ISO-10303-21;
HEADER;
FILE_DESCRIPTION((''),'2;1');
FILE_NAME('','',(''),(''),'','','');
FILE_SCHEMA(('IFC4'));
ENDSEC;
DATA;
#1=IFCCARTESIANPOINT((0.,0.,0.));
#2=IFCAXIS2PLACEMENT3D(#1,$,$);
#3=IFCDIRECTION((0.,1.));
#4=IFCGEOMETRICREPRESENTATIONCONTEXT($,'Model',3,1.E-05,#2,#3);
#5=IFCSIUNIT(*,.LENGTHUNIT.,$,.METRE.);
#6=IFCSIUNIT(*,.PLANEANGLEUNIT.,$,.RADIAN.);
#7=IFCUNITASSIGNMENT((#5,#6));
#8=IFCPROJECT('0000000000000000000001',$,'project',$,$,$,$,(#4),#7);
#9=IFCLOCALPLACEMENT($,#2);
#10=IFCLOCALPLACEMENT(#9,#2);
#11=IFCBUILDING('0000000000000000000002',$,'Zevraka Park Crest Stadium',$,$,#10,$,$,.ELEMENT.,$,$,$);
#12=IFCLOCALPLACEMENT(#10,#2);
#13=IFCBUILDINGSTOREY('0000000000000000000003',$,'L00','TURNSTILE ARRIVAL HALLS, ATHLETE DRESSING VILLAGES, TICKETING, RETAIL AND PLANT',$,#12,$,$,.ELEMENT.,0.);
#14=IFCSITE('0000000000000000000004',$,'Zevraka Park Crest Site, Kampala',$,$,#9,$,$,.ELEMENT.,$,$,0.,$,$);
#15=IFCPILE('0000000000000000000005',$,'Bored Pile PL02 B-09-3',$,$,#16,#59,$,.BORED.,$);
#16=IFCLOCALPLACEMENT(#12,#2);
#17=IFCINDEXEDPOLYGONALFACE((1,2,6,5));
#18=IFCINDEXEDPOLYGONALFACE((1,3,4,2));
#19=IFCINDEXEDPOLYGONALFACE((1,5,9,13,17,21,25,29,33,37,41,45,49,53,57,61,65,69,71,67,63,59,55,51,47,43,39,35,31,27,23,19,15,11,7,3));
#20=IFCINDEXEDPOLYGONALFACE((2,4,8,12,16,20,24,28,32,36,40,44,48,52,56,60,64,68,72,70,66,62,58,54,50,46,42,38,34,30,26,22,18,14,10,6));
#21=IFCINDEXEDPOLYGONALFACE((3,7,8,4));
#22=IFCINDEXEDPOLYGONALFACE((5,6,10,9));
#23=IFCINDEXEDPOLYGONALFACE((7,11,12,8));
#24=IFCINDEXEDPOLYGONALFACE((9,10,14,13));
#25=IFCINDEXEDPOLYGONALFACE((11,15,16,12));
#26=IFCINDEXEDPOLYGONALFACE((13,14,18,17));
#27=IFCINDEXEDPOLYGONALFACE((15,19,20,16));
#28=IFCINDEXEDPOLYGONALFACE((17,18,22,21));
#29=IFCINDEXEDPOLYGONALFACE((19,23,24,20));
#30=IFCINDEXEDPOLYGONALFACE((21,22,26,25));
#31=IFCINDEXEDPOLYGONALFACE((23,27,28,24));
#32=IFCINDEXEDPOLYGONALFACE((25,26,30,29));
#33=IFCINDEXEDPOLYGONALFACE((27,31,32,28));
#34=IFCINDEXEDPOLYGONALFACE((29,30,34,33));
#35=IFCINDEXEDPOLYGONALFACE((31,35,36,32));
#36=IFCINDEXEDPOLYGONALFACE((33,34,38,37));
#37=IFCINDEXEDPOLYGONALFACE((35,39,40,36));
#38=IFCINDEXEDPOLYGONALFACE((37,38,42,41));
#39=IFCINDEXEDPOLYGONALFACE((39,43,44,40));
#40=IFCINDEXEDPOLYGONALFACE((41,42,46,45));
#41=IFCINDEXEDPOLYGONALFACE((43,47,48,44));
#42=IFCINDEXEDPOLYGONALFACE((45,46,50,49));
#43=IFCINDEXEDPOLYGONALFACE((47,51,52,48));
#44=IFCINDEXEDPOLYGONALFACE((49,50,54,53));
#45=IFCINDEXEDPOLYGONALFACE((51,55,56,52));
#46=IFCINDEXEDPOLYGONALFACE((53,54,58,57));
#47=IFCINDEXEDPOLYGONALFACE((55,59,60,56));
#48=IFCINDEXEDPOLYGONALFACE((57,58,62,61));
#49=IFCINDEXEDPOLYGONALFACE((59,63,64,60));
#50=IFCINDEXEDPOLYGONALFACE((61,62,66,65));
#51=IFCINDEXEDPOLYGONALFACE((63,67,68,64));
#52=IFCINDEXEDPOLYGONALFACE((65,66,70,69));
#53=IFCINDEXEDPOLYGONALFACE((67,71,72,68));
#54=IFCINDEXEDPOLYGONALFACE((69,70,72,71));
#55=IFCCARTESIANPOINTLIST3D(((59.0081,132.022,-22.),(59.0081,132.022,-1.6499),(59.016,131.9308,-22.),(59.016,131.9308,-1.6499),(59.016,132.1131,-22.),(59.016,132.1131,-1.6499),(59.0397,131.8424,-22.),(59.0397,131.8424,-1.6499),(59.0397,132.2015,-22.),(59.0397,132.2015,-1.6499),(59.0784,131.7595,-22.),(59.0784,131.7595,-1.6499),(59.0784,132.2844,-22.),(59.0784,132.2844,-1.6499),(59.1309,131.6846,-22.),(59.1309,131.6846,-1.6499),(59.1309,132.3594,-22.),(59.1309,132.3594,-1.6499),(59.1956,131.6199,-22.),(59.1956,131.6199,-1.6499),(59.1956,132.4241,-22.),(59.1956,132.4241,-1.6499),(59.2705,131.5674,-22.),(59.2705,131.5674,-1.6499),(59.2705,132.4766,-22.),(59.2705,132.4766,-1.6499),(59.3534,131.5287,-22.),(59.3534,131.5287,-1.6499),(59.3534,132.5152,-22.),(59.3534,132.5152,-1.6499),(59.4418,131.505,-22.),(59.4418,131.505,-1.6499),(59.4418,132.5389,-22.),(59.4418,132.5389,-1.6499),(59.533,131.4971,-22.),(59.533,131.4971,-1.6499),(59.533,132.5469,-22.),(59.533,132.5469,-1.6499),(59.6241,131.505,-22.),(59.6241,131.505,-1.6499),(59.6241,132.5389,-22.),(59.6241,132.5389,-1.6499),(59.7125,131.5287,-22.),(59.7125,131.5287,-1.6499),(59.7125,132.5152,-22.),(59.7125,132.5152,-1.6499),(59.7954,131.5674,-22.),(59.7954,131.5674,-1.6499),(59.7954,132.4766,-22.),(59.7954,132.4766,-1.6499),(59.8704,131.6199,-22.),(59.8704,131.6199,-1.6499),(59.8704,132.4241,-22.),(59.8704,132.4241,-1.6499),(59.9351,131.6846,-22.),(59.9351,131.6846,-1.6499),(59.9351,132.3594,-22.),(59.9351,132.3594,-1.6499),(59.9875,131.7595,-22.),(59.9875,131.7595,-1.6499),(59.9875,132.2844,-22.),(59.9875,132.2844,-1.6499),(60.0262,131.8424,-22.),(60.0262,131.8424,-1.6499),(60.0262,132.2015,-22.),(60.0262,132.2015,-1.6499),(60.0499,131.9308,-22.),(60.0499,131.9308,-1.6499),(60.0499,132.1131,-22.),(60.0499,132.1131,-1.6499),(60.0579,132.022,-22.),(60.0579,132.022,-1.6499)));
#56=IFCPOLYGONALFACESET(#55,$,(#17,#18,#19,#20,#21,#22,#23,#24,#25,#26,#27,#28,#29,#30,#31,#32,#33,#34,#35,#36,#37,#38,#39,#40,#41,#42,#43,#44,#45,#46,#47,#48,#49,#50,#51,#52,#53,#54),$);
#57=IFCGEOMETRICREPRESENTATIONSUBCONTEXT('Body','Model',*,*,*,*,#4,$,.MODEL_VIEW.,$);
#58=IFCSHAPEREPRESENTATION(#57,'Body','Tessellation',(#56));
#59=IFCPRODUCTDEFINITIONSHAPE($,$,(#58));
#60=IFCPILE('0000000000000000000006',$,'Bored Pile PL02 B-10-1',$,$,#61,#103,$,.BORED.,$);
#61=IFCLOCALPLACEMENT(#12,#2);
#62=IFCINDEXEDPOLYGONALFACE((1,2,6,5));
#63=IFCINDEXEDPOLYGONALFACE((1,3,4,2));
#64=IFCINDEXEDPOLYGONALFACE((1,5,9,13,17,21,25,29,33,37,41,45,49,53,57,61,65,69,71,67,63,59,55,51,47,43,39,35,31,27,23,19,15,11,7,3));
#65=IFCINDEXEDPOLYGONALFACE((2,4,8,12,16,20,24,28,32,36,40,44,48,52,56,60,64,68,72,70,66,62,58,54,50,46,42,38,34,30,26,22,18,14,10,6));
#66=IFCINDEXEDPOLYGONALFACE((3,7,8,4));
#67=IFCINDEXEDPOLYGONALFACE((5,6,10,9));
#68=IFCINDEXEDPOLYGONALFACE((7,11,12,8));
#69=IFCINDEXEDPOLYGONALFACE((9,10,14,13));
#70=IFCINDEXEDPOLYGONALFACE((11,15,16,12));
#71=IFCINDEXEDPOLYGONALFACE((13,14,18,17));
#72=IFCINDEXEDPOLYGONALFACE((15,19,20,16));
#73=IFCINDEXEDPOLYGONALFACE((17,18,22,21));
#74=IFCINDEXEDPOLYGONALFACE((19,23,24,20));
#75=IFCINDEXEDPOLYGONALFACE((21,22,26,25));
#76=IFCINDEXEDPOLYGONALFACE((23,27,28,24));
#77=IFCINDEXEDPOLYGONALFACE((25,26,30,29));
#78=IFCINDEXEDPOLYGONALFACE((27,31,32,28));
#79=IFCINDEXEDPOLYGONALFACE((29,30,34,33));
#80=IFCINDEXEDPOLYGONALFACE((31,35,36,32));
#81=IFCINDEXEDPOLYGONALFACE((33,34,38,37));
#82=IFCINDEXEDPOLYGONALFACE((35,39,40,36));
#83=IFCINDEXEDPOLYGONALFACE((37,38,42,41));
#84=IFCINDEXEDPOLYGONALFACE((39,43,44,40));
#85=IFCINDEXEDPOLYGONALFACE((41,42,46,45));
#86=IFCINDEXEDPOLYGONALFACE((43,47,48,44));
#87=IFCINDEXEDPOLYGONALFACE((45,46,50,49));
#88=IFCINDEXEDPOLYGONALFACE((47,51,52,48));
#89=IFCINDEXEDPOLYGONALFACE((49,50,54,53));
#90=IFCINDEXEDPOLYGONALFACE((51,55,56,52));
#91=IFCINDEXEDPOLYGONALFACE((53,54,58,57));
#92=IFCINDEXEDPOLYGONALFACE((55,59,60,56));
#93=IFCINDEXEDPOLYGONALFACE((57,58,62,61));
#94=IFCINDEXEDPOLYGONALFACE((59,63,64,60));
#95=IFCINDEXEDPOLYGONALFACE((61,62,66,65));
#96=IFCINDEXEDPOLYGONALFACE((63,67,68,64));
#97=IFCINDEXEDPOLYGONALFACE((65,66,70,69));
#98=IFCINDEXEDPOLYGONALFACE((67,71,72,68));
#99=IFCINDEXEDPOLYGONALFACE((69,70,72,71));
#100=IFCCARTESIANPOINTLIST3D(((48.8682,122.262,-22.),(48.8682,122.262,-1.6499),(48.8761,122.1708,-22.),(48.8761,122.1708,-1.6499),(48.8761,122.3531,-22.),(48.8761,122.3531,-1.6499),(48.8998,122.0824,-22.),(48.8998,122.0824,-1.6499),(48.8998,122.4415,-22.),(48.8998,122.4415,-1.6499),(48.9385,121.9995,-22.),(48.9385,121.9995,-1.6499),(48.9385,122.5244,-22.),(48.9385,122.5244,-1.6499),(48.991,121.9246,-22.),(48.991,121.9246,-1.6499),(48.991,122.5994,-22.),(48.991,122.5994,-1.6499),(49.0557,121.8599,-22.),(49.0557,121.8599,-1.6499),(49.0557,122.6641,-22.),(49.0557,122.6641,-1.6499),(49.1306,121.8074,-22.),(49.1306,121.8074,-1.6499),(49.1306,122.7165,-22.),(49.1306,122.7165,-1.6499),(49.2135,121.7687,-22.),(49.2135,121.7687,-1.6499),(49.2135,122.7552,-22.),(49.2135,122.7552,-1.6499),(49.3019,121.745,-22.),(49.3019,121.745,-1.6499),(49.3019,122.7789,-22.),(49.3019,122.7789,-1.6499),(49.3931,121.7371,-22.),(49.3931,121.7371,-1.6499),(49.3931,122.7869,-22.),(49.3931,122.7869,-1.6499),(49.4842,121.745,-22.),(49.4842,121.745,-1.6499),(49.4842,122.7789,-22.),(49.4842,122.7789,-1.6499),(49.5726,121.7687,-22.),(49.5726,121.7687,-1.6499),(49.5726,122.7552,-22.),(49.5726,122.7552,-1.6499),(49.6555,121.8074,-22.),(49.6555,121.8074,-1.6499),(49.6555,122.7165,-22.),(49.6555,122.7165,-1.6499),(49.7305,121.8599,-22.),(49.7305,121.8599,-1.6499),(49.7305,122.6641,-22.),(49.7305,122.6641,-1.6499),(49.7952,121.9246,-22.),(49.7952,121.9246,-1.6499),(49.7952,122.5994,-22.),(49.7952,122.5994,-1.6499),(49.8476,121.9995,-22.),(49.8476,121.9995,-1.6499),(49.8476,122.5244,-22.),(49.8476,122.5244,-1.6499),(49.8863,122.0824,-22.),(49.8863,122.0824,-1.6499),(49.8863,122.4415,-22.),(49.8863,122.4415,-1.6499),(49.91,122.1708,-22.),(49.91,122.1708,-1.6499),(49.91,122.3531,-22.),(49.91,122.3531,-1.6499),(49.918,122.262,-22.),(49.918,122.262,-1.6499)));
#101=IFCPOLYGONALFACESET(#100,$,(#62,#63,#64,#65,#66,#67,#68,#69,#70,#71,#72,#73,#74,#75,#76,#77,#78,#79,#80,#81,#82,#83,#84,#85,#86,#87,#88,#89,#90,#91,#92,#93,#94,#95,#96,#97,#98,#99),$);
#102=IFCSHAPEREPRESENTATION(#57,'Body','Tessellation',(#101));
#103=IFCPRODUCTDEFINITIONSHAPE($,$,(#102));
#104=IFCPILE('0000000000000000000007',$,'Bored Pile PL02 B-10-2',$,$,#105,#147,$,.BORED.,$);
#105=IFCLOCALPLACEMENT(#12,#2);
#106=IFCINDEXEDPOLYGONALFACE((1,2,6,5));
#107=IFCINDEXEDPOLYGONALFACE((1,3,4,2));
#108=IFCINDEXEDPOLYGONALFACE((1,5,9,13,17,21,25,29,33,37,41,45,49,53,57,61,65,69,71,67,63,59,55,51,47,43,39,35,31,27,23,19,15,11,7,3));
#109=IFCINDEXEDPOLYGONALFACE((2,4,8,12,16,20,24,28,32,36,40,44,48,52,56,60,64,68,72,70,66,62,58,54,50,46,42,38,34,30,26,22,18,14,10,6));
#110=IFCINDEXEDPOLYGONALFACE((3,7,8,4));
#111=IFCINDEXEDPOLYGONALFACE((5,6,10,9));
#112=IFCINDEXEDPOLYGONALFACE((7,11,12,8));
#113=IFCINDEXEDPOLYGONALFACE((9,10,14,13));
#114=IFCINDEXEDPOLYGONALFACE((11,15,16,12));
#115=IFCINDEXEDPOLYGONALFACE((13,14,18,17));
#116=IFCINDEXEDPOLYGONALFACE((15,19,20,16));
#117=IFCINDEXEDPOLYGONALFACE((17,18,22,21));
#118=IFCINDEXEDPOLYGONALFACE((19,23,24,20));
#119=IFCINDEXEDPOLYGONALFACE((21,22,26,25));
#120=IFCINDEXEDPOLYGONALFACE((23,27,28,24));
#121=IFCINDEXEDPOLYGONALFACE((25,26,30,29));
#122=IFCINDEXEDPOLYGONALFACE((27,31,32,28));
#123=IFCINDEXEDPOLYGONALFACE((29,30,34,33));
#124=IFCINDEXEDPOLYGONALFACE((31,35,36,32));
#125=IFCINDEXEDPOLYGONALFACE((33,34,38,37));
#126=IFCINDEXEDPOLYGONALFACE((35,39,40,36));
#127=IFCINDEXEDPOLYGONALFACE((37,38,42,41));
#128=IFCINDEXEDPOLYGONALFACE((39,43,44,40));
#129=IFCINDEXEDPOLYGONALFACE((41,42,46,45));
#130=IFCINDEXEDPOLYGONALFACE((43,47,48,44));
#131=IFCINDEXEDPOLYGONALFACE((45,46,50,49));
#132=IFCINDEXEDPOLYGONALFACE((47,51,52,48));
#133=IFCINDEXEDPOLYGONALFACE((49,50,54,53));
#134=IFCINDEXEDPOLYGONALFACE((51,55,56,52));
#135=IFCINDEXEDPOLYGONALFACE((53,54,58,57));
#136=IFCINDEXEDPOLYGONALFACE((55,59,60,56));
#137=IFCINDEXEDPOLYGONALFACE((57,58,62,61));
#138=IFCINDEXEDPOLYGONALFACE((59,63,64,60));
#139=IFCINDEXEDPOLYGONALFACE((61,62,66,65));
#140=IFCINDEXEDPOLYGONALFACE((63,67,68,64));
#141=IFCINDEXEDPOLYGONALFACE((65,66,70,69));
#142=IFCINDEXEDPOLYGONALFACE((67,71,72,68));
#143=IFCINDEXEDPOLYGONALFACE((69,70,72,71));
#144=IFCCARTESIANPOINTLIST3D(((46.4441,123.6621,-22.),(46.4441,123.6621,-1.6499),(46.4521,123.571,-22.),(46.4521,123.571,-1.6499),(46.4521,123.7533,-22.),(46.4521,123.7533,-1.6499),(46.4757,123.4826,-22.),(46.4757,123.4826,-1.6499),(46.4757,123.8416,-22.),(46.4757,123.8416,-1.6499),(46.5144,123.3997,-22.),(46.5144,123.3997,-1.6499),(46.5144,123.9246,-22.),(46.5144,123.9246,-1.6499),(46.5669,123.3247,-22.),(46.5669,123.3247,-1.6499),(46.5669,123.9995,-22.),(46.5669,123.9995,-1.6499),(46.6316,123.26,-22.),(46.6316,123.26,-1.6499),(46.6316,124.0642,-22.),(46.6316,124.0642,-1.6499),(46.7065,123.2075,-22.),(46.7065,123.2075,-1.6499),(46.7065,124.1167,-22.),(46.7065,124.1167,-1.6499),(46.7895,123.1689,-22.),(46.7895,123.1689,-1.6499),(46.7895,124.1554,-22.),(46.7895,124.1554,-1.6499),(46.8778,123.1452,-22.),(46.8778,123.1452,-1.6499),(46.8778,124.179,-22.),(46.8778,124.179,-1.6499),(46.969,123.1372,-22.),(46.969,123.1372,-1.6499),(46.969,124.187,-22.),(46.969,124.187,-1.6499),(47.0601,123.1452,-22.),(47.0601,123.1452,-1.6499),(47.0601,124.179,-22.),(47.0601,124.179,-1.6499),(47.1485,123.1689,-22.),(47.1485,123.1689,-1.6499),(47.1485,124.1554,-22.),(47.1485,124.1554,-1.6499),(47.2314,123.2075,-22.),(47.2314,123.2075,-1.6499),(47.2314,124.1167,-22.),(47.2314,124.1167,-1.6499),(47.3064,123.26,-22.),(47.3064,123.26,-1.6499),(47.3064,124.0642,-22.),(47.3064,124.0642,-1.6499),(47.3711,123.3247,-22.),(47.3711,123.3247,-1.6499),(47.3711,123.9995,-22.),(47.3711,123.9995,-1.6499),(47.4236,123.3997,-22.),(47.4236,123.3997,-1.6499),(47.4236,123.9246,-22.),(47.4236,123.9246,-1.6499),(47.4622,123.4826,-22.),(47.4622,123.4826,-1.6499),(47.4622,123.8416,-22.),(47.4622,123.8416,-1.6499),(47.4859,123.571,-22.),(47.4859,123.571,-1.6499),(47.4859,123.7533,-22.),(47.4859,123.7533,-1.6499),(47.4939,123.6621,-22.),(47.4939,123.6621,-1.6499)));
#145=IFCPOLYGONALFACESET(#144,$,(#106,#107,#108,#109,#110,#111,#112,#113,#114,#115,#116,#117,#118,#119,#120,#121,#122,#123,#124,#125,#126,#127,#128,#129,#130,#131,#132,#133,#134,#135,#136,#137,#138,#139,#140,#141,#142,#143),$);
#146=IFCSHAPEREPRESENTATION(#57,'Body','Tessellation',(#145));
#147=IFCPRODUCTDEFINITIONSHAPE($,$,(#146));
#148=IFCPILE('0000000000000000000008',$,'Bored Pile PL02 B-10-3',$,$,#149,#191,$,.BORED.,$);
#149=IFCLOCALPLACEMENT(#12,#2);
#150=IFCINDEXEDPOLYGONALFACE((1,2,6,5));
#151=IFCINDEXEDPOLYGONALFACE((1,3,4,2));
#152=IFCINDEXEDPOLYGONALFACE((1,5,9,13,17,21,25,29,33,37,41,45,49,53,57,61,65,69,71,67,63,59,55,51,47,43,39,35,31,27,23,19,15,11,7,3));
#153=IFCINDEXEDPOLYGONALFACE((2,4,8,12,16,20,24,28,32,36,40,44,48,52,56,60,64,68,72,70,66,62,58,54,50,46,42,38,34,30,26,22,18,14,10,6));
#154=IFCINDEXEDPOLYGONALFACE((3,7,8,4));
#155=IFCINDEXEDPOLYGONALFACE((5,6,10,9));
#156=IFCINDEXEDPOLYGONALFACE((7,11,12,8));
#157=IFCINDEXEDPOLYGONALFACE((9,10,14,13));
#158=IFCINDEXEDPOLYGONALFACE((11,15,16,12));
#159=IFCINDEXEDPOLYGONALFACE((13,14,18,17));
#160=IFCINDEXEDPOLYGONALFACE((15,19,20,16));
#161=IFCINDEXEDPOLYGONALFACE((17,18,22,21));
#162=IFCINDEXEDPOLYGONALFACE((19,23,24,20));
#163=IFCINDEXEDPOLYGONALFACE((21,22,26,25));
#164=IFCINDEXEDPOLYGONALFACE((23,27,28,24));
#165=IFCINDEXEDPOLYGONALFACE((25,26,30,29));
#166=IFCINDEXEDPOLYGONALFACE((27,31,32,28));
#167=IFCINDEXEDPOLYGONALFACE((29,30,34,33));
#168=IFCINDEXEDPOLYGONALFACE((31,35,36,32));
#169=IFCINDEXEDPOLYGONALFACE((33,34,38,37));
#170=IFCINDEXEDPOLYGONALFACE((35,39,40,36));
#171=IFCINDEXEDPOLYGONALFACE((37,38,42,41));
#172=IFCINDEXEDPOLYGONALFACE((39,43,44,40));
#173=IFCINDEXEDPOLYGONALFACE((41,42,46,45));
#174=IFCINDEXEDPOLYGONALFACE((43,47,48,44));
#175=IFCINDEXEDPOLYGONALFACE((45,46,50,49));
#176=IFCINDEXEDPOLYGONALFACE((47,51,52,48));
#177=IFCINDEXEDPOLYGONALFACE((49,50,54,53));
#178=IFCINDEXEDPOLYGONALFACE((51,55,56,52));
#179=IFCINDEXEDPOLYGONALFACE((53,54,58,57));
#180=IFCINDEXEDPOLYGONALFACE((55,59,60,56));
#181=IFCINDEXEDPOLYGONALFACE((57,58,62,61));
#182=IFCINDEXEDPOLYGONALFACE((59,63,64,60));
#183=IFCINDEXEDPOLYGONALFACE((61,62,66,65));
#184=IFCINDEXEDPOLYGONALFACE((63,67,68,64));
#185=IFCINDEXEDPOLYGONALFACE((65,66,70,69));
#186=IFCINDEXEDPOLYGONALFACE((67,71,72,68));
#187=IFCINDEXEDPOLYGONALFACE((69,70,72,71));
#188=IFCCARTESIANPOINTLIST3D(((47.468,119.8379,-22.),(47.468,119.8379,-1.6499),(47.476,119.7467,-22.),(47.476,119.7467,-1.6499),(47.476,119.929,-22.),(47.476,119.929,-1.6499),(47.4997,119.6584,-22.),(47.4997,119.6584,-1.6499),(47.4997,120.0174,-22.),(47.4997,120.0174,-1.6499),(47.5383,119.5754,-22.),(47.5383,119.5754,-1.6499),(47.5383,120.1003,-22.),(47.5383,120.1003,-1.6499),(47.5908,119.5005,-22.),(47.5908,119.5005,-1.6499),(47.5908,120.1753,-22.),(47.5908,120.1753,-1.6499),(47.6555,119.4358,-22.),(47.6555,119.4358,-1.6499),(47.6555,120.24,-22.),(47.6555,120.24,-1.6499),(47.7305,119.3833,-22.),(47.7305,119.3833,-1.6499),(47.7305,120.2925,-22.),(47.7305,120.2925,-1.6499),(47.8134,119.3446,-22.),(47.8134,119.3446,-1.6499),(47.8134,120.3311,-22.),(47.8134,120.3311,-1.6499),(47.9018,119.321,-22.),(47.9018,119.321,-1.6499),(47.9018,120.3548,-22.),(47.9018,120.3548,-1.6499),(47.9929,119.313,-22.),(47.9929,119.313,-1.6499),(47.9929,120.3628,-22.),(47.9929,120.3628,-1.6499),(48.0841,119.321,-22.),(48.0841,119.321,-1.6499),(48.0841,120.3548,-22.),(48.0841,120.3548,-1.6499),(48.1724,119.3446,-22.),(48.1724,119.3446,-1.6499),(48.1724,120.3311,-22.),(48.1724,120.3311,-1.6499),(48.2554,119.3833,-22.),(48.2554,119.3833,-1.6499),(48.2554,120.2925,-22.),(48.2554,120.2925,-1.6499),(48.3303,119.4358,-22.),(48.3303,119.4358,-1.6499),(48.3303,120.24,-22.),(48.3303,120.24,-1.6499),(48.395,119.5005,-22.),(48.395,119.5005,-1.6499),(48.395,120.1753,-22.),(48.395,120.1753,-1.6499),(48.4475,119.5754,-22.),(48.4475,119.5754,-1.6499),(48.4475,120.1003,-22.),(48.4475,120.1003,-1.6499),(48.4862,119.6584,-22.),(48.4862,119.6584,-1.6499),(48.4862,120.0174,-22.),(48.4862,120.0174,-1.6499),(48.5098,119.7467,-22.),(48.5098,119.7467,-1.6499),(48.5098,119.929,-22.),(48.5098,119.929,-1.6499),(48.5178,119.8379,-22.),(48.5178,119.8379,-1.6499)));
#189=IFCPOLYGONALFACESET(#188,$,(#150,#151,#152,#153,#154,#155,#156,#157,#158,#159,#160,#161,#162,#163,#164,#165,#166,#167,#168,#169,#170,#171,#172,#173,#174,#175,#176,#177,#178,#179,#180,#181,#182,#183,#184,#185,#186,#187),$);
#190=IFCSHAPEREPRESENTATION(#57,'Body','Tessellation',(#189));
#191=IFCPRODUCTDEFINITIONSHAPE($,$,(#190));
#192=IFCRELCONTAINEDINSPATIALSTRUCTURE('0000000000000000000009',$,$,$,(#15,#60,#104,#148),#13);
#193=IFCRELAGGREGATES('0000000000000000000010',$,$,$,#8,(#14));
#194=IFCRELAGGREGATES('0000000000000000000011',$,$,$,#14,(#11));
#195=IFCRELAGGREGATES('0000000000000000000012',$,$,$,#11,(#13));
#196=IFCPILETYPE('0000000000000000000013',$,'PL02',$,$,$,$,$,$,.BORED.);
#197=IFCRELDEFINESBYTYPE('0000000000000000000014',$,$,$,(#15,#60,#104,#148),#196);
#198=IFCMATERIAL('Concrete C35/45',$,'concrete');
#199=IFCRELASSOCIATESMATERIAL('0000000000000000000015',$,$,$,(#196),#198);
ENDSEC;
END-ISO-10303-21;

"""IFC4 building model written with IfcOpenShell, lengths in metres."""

from ifc_helpers import new_model, si_unit, direction, frame, origin, origin_2d, place, context, subcontext, project, spatial, circle, extrude, material, material_profile, profile_set, type_object, element, save


model = new_model("IFC4")

# Units and contexts
model_context = context("Model", 3, precision=1e-05, world=origin(), true_north=direction((0.0, 1.0)))
body_context = subcontext(model_context, "Body", "Model", "MODEL_VIEW")
ifc_project = project(units=[si_unit("LENGTHUNIT", "METRE"), si_unit("PLANEANGLEUNIT", "RADIAN")], contexts=[model_context])

# Site, building, storey
site_placement = place(None, origin())
site = spatial("IfcSite", under=ifc_project, at=site_placement, Name="Zevraka Park Crest Site, Kampala", CompositionType="ELEMENT", RefElevation=0.0)
building_placement = place(site_placement, origin())
building = spatial("IfcBuilding", under=site, at=building_placement, Name="Zevraka Park Crest Stadium", CompositionType="ELEMENT")
storey_placement = place(building_placement, origin())
storey = spatial("IfcBuildingStorey", under=building, at=storey_placement, Name="L00", Description="TURNSTILE ARRIVAL HALLS, ATHLETE DRESSING VILLAGES, TICKETING, RETAIL AND PLANT", CompositionType="ELEMENT", Elevation=0.0)

# Piles
ifc_material_1 = material(Name="Concrete C35/45", Category="concrete")
ifc_material_profile_1 = material_profile(ifc_material_1, circle(Radius=0.5249, at=origin_2d()), Name="PILE D1050")
ifc_profile_set_1 = profile_set([ifc_material_profile_1], Name="Concrete C35/45")
pile_type_1 = type_object("IfcPileType", Name="PL02", PredefinedType="BORED", material=ifc_profile_set_1)
for number, where, z_axis, x_axis, name in (
    (1, (59.533, 132.022, -1.6499), (0.0, 0.0, -1.0), (1.0, 0.0, 0.0), "Bored Pile PL02 B-09-3"),
    (2, (49.3931, 122.262, -1.6499), (0.0, 0.0, -1.0), (1.0, 0.0, 0.0), "Bored Pile PL02 B-10-1"),
    (3, (46.969, 123.6621, -1.6499), (0.0, 0.0, -1.0), (1.0, 0.0, 0.0), "Bored Pile PL02 B-10-2"),
    (4, (47.9929, 119.8379, -1.6499), (0.0, 0.0, -1.0), (1.0, 0.0, 0.0), "Bored Pile PL02 B-10-3"),
):
    element("IfcPile", number, at=place(storey_placement, frame(where, z_axis=z_axis, x_axis=x_axis)), inside=storey, type_object=pile_type_1, Name=name, PredefinedType="BORED", context=body_context, shape_type="SweptSolid", body=[
        extrude(circle(Radius=0.5249, at=origin_2d()), origin(), (0.0, 0.0, 1.0), 20.3501),
    ])

save(model, "model.ifc")
